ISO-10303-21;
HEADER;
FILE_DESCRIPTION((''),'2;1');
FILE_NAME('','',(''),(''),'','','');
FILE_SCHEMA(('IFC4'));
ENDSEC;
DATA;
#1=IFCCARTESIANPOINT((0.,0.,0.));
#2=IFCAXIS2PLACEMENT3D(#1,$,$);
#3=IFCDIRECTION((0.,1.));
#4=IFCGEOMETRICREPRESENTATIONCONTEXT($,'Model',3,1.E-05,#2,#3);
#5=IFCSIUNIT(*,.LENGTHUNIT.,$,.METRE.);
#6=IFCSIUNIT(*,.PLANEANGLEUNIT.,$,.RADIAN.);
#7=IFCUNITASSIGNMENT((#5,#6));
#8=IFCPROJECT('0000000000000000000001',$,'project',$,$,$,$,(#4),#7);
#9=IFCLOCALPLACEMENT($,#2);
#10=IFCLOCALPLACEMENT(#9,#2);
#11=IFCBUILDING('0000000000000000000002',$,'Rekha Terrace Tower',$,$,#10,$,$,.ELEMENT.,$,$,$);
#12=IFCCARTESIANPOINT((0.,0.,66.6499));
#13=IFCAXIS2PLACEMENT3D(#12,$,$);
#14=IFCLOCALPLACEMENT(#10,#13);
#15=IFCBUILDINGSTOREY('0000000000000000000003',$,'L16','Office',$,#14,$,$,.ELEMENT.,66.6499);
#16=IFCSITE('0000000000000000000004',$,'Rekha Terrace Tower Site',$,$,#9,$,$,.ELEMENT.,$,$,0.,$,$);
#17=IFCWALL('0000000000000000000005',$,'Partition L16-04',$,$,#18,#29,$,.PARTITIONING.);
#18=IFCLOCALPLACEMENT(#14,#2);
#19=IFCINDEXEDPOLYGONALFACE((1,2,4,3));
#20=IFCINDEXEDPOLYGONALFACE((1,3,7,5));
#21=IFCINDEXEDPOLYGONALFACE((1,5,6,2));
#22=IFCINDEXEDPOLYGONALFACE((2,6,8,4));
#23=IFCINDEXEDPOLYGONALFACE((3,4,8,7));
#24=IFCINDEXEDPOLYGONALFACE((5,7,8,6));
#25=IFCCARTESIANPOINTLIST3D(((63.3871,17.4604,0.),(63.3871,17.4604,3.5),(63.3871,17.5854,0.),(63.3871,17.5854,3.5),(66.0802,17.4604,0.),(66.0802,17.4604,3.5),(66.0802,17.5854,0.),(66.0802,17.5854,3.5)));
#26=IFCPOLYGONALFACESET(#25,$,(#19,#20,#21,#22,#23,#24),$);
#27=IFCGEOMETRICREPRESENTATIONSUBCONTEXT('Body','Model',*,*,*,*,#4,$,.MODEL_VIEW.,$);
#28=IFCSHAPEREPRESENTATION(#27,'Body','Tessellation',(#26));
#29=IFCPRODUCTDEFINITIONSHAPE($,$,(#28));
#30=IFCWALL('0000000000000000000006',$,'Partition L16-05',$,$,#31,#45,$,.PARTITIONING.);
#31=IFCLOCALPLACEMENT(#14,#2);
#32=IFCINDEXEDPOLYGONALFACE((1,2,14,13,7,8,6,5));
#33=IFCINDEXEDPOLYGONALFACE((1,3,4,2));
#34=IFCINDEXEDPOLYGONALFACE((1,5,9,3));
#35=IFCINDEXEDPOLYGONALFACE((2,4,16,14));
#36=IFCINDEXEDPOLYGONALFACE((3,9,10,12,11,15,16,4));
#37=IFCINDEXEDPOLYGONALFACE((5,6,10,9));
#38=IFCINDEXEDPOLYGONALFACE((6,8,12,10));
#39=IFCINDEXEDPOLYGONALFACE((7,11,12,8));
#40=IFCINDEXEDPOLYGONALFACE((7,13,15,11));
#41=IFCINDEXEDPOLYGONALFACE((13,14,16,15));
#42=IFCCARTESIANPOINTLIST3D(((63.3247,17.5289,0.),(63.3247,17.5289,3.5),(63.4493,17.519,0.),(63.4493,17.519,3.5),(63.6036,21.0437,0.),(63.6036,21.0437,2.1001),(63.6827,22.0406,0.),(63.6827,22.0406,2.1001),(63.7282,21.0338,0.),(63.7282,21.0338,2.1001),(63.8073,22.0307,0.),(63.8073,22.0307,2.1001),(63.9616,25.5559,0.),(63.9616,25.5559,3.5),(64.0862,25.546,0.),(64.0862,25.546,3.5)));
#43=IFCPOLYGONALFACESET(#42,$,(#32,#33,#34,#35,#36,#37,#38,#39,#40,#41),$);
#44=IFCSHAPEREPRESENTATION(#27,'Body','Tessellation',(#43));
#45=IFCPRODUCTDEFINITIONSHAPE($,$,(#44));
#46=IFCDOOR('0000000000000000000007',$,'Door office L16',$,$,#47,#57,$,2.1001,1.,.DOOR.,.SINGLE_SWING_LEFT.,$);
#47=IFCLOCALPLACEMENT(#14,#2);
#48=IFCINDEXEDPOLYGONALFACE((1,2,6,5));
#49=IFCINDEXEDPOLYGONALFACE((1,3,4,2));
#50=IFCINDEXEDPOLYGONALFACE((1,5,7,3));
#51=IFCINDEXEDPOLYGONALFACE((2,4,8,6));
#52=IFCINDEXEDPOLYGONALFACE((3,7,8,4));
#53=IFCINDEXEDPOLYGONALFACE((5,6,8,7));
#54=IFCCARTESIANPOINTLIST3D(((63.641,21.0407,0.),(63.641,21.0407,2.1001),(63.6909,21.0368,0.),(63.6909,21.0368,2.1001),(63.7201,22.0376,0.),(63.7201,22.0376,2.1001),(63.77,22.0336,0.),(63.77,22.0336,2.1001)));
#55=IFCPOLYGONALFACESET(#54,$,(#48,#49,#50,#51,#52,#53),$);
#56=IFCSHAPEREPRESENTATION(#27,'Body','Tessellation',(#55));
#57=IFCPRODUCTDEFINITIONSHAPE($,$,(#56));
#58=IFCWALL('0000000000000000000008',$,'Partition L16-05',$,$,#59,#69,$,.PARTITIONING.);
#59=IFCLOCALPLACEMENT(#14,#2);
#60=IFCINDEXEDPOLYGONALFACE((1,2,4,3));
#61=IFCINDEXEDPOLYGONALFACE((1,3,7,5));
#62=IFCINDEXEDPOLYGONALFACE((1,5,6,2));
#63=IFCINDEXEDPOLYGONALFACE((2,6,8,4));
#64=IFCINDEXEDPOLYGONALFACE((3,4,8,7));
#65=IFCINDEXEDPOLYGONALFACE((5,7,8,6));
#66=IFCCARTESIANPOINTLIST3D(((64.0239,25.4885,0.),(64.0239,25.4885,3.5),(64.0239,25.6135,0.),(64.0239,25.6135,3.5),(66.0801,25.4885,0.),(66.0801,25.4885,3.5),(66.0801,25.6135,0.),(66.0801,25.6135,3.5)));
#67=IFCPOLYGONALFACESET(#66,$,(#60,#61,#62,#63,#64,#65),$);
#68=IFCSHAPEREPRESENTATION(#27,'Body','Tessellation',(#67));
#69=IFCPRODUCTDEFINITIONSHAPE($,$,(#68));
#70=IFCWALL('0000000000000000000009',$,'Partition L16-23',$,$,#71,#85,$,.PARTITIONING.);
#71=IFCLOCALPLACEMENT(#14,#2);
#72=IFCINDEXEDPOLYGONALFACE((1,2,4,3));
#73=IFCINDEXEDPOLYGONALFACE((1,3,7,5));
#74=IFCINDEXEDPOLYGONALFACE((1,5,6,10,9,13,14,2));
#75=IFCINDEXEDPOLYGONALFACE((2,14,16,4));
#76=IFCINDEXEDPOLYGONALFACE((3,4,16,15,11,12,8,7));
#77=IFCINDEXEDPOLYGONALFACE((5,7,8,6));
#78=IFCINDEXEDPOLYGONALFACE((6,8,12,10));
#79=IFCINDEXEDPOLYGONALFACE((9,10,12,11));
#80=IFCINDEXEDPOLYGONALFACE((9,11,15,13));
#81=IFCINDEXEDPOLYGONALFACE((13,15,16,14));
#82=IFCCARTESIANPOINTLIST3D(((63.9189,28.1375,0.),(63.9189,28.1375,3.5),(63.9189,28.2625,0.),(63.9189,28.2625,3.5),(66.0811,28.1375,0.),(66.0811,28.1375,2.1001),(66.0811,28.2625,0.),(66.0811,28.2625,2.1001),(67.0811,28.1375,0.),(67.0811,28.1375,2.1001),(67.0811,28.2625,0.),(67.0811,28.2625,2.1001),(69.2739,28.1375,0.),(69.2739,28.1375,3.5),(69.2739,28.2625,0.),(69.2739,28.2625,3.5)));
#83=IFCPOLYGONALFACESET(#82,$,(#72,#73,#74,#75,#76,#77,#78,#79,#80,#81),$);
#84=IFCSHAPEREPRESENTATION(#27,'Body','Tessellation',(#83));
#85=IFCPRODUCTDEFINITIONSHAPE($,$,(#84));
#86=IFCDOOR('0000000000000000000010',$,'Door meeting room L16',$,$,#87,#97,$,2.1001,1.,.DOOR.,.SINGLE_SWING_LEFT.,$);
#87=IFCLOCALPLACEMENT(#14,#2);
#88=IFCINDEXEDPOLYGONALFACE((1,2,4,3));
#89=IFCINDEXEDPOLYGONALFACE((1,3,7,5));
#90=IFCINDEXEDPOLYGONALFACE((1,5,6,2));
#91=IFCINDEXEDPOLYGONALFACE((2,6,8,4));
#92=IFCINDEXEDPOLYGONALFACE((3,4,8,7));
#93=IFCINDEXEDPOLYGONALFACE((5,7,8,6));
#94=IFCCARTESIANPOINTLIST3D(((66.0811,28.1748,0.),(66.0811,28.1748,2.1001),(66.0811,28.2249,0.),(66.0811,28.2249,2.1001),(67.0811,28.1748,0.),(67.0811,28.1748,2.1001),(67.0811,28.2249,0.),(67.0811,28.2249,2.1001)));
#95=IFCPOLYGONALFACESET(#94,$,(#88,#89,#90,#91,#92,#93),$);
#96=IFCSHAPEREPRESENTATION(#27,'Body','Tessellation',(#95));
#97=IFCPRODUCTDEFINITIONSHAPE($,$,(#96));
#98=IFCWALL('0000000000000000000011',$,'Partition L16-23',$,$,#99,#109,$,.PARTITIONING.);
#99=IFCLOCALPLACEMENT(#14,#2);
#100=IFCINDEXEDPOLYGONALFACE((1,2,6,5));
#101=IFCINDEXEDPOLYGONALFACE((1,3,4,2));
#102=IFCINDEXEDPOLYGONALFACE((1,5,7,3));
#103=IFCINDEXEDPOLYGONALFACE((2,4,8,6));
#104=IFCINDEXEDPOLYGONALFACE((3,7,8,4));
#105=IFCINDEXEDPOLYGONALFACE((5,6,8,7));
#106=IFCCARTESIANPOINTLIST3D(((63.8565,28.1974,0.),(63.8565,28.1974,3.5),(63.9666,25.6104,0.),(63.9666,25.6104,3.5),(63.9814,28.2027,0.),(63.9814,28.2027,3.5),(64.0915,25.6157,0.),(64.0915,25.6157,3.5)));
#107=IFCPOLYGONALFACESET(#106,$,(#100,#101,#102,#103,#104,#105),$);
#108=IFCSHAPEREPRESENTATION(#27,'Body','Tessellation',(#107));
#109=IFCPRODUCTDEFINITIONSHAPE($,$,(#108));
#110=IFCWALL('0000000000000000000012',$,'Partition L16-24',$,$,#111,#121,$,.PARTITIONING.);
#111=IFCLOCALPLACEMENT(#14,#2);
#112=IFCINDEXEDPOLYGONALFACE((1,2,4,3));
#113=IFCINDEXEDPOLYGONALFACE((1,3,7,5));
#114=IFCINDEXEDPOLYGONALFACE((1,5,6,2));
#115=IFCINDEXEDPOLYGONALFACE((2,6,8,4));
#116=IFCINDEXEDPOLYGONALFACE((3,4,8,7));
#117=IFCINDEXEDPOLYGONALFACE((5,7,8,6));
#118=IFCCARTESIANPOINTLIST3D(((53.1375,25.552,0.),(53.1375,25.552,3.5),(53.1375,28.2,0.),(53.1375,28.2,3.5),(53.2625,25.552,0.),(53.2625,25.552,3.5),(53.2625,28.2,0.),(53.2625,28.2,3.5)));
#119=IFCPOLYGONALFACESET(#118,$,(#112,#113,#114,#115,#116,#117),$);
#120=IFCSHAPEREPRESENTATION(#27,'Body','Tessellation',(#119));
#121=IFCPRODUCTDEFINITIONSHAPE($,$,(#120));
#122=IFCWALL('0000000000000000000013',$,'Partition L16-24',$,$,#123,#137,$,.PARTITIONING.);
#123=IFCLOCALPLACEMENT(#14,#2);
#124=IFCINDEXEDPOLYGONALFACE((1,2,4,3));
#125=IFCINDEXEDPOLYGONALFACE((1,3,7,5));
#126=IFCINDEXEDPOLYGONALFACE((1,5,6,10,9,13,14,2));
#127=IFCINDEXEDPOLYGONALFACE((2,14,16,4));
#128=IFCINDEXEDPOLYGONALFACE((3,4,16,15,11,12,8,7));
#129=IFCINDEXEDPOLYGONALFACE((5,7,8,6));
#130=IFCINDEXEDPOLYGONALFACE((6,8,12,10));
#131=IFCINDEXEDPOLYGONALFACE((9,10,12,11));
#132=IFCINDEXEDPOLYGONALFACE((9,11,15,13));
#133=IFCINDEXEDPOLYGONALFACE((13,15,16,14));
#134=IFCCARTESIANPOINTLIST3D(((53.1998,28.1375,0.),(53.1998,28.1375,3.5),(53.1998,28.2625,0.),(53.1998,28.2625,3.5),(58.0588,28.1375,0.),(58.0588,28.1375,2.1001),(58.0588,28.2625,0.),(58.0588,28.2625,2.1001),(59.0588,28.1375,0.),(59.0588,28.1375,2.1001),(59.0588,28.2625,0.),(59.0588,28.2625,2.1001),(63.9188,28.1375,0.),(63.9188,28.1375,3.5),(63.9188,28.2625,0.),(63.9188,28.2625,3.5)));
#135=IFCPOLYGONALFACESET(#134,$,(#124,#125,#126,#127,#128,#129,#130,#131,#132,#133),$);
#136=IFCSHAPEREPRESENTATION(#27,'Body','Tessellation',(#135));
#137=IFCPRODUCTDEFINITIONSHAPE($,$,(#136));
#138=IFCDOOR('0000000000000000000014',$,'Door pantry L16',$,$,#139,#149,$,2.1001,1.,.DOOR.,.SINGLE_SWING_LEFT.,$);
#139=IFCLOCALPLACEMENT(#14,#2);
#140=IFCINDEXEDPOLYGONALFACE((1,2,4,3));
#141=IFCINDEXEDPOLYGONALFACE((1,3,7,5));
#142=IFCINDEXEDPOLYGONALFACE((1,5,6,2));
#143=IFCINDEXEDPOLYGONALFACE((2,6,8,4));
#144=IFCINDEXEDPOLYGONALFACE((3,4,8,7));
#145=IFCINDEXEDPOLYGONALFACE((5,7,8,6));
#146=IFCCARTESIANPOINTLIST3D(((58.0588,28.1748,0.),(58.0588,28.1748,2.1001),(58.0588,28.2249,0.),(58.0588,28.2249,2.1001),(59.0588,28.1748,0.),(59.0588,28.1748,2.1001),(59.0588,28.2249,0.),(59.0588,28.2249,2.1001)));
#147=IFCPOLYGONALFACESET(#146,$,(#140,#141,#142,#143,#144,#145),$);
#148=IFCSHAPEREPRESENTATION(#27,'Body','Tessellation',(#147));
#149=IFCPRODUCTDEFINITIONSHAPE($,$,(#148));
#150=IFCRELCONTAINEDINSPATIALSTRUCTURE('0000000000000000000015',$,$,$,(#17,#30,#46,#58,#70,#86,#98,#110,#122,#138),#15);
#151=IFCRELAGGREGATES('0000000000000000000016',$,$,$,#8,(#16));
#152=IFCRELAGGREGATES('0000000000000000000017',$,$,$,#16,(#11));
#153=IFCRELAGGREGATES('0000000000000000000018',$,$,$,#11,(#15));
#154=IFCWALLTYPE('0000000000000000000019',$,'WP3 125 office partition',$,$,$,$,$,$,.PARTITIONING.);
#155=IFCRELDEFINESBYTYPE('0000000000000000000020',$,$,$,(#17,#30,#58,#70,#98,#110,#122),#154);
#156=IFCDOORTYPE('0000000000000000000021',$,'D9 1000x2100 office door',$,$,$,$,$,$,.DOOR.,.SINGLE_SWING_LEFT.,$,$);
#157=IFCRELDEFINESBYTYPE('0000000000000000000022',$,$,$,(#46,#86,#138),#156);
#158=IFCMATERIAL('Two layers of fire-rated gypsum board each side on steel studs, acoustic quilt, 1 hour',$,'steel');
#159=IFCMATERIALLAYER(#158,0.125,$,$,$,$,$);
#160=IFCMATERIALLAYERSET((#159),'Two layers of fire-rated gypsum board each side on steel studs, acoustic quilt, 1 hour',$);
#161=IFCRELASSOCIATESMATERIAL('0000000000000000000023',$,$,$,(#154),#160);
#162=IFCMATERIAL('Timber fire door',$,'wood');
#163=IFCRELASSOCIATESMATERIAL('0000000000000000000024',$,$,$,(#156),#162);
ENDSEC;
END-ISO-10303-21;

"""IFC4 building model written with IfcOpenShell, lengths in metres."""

from ifc_helpers import new_model, si_unit, direction, frame, frame_2d, origin, place, context, subcontext, project, spatial, rectangle, extrude, material, layer, layer_set, type_object, element, fill, save


model = new_model("IFC4")

# Units and contexts
model_context = context("Model", 3, precision=1e-05, world=origin(), true_north=direction((0.0, 1.0)))
body_context = subcontext(model_context, "Body", "Model", "MODEL_VIEW")
ifc_project = project(units=[si_unit("LENGTHUNIT", "METRE"), si_unit("PLANEANGLEUNIT", "RADIAN")], contexts=[model_context])

# Site, building, storey
site_placement = place(None, origin())
site = spatial("IfcSite", under=ifc_project, at=site_placement, Name="Rekha Terrace Tower Site", CompositionType="ELEMENT", RefElevation=0.0)
building_placement = place(site_placement, origin())
building = spatial("IfcBuilding", under=site, at=building_placement, Name="Rekha Terrace Tower", CompositionType="ELEMENT")
storey_placement = place(building_placement, frame((0.0, 0.0, 66.6499)))
storey = spatial("IfcBuildingStorey", under=building, at=storey_placement, Name="L16", Description="Office", CompositionType="ELEMENT", Elevation=66.6499)

# Wall
ifc_material_1 = material(Name="Two layers of fire-rated gypsum board each side on steel studs, acoustic quilt, 1 hour", Category="steel")
ifc_layer_1 = layer(ifc_material_1, 0.125)
ifc_layer_set_1 = layer_set([ifc_layer_1], Name="Two layers of fire-rated gypsum board each side on steel studs, acoustic quilt, 1 hour")
wall_type_1 = type_object("IfcWallType", Name="WP3 125 office partition", PredefinedType="PARTITIONING", material=ifc_layer_set_1)
wall_1_placement = place(storey_placement, frame((63.387, 17.5229, 0.0), z_axis=(0.0, 0.0, 1.0), x_axis=(1.0, 0.0, 0.0)))
element("IfcWall", 1, at=wall_1_placement, inside=storey, type_object=wall_type_1, Name="Partition L16-04", PredefinedType="PARTITIONING", context=body_context, shape_type="SweptSolid", body=[
    extrude(rectangle(XDim=2.6931, YDim=0.125, at=frame_2d((1.3467, 0.0))), origin(), (0.0, 0.0, 1.0), 3.5),
])

# Wall, opening, door
wall_2_placement = place(storey_placement, frame((63.387, 17.5239, 0.0), z_axis=(0.0, 0.0, 1.0), x_axis=(0.079103, 0.996866, 0.0)))
wall_2 = element("IfcWall", 2, at=wall_2_placement, inside=storey, type_object=wall_type_1, Name="Partition L16-05", PredefinedType="PARTITIONING", context=body_context, shape_type="SweptSolid", body=[
    extrude(rectangle(XDim=8.0522, YDim=0.125, at=frame_2d((4.0261, 0.0))), origin(), (0.0, 0.0, 1.0), 3.5),
])
opening_1_placement = place(wall_2_placement, frame((3.5259, 0.0, 0.0)))
opening_1 = element("IfcOpeningElement", 3, at=opening_1_placement, cuts=wall_2, PredefinedType="OPENING", context=body_context, shape_type="SweptSolid", body=[
    extrude(rectangle(XDim=1.0, YDim=2.1001, at=frame_2d((0.5, 1.05))), frame((0.0, 0.0725, 0.0), z_axis=(0.0, -1.0, 0.0), x_axis=(1.0, 0.0, 0.0)), (0.0, 0.0, 1.0), 0.145),
])
ifc_material_2 = material(Name="Timber fire door", Category="wood")
door_type_1 = type_object("IfcDoorType", Name="D9 1000x2100 office door", OperationType="SINGLE_SWING_LEFT", PredefinedType="DOOR", material=ifc_material_2)
door_1_placement = place(opening_1_placement, origin())
door_1 = element("IfcDoor", 4, at=door_1_placement, inside=storey, type_object=door_type_1, Name="Door office L16", OperationType="SINGLE_SWING_LEFT", OverallHeight=2.1001, OverallWidth=1.0, PredefinedType="DOOR", context=body_context, shape_type="SweptSolid", body=[
    extrude(rectangle(XDim=1.0, YDim=2.1001, at=frame_2d((0.5, 1.05))), frame((0.0, 0.0249, 0.0), z_axis=(0.0, -1.0, 0.0), x_axis=(1.0, 0.0, 0.0)), (0.0, 0.0, 1.0), 0.05),
])
fill(opening_1, door_1)

# Wall
wall_3_placement = place(storey_placement, frame((64.0239, 25.551, 0.0), z_axis=(0.0, 0.0, 1.0), x_axis=(1.0, 0.0, 0.0)))
element("IfcWall", 5, at=wall_3_placement, inside=storey, type_object=wall_type_1, Name="Partition L16-05", PredefinedType="PARTITIONING", context=body_context, shape_type="SweptSolid", body=[
    extrude(rectangle(XDim=2.0562, YDim=0.125, at=frame_2d((1.0281, 0.0))), origin(), (0.0, 0.0, 1.0), 3.5),
])

# Wall, opening, door
wall_4_placement = place(storey_placement, frame((63.9189, 28.2, 0.0), z_axis=(0.0, 0.0, 1.0), x_axis=(1.0, 0.0, 0.0)))
wall_4 = element("IfcWall", 6, at=wall_4_placement, inside=storey, type_object=wall_type_1, Name="Partition L16-23", PredefinedType="PARTITIONING", context=body_context, shape_type="SweptSolid", body=[
    extrude(rectangle(XDim=5.355, YDim=0.125, at=frame_2d((2.6775, 0.0))), origin(), (0.0, 0.0, 1.0), 3.5),
])
opening_2_placement = place(wall_4_placement, frame((2.1621, 0.0, 0.0)))
opening_2 = element("IfcOpeningElement", 7, at=opening_2_placement, cuts=wall_4, PredefinedType="OPENING", context=body_context, shape_type="SweptSolid", body=[
    extrude(rectangle(XDim=1.0, YDim=2.1001, at=frame_2d((0.5, 1.05))), frame((0.0, 0.0725, 0.0), z_axis=(0.0, -1.0, 0.0), x_axis=(1.0, 0.0, 0.0)), (0.0, 0.0, 1.0), 0.145),
])
door_2_placement = place(opening_2_placement, origin())
door_2 = element("IfcDoor", 8, at=door_2_placement, inside=storey, type_object=door_type_1, Name="Door meeting room L16", OperationType="SINGLE_SWING_LEFT", OverallHeight=2.1001, OverallWidth=1.0, PredefinedType="DOOR", context=body_context, shape_type="SweptSolid", body=[
    extrude(rectangle(XDim=1.0, YDim=2.1001, at=frame_2d((0.5, 1.05))), frame((0.0, 0.0249, 0.0), z_axis=(0.0, -1.0, 0.0), x_axis=(1.0, 0.0, 0.0)), (0.0, 0.0, 1.0), 0.05),
])
fill(opening_2, door_2)

# Walls
wall_5_placement = place(storey_placement, frame((64.0291, 25.613, 0.0), z_axis=(0.0, 0.0, 1.0), x_axis=(-0.042525, 0.999095, 0.0)))
element("IfcWall", 9, at=wall_5_placement, inside=storey, type_object=wall_type_1, Name="Partition L16-23", PredefinedType="PARTITIONING", context=body_context, shape_type="SweptSolid", body=[
    extrude(rectangle(XDim=2.5894, YDim=0.125, at=frame_2d((1.2947, 0.0))), origin(), (0.0, 0.0, 1.0), 3.5),
])
wall_6_placement = place(storey_placement, frame((53.2, 25.552, 0.0), z_axis=(0.0, 0.0, 1.0), x_axis=(0.0, 1.0, 0.0)))
element("IfcWall", 10, at=wall_6_placement, inside=storey, type_object=wall_type_1, Name="Partition L16-24", PredefinedType="PARTITIONING", context=body_context, shape_type="SweptSolid", body=[
    extrude(rectangle(XDim=2.6479, YDim=0.125, at=frame_2d((1.324, 0.0))), origin(), (0.0, 0.0, 1.0), 3.5),
])

# Wall, opening, door
wall_7_placement = place(storey_placement, frame((53.2, 28.2, 0.0), z_axis=(0.0, 0.0, 1.0), x_axis=(1.0, 0.0, 0.0)))
wall_7 = element("IfcWall", 11, at=wall_7_placement, inside=storey, type_object=wall_type_1, Name="Partition L16-24", PredefinedType="PARTITIONING", context=body_context, shape_type="SweptSolid", body=[
    extrude(rectangle(XDim=10.719, YDim=0.125, at=frame_2d((5.3594, 0.0))), origin(), (0.0, 0.0, 1.0), 3.5),
])
opening_3_placement = place(wall_7_placement, frame((4.8589, 0.0, 0.0)))
opening_3 = element("IfcOpeningElement", 12, at=opening_3_placement, cuts=wall_7, PredefinedType="OPENING", context=body_context, shape_type="SweptSolid", body=[
    extrude(rectangle(XDim=1.0, YDim=2.1001, at=frame_2d((0.5, 1.05))), frame((0.0, 0.0725, 0.0), z_axis=(0.0, -1.0, 0.0), x_axis=(1.0, 0.0, 0.0)), (0.0, 0.0, 1.0), 0.145),
])
door_3_placement = place(opening_3_placement, origin())
door_3 = element("IfcDoor", 13, at=door_3_placement, inside=storey, type_object=door_type_1, Name="Door pantry L16", OperationType="SINGLE_SWING_LEFT", OverallHeight=2.1001, OverallWidth=1.0, PredefinedType="DOOR", context=body_context, shape_type="SweptSolid", body=[
    extrude(rectangle(XDim=1.0, YDim=2.1001, at=frame_2d((0.5, 1.05))), frame((0.0, 0.0249, 0.0), z_axis=(0.0, -1.0, 0.0), x_axis=(1.0, 0.0, 0.0)), (0.0, 0.0, 1.0), 0.05),
])
fill(opening_3, door_3)

save(model, "model.ifc")
